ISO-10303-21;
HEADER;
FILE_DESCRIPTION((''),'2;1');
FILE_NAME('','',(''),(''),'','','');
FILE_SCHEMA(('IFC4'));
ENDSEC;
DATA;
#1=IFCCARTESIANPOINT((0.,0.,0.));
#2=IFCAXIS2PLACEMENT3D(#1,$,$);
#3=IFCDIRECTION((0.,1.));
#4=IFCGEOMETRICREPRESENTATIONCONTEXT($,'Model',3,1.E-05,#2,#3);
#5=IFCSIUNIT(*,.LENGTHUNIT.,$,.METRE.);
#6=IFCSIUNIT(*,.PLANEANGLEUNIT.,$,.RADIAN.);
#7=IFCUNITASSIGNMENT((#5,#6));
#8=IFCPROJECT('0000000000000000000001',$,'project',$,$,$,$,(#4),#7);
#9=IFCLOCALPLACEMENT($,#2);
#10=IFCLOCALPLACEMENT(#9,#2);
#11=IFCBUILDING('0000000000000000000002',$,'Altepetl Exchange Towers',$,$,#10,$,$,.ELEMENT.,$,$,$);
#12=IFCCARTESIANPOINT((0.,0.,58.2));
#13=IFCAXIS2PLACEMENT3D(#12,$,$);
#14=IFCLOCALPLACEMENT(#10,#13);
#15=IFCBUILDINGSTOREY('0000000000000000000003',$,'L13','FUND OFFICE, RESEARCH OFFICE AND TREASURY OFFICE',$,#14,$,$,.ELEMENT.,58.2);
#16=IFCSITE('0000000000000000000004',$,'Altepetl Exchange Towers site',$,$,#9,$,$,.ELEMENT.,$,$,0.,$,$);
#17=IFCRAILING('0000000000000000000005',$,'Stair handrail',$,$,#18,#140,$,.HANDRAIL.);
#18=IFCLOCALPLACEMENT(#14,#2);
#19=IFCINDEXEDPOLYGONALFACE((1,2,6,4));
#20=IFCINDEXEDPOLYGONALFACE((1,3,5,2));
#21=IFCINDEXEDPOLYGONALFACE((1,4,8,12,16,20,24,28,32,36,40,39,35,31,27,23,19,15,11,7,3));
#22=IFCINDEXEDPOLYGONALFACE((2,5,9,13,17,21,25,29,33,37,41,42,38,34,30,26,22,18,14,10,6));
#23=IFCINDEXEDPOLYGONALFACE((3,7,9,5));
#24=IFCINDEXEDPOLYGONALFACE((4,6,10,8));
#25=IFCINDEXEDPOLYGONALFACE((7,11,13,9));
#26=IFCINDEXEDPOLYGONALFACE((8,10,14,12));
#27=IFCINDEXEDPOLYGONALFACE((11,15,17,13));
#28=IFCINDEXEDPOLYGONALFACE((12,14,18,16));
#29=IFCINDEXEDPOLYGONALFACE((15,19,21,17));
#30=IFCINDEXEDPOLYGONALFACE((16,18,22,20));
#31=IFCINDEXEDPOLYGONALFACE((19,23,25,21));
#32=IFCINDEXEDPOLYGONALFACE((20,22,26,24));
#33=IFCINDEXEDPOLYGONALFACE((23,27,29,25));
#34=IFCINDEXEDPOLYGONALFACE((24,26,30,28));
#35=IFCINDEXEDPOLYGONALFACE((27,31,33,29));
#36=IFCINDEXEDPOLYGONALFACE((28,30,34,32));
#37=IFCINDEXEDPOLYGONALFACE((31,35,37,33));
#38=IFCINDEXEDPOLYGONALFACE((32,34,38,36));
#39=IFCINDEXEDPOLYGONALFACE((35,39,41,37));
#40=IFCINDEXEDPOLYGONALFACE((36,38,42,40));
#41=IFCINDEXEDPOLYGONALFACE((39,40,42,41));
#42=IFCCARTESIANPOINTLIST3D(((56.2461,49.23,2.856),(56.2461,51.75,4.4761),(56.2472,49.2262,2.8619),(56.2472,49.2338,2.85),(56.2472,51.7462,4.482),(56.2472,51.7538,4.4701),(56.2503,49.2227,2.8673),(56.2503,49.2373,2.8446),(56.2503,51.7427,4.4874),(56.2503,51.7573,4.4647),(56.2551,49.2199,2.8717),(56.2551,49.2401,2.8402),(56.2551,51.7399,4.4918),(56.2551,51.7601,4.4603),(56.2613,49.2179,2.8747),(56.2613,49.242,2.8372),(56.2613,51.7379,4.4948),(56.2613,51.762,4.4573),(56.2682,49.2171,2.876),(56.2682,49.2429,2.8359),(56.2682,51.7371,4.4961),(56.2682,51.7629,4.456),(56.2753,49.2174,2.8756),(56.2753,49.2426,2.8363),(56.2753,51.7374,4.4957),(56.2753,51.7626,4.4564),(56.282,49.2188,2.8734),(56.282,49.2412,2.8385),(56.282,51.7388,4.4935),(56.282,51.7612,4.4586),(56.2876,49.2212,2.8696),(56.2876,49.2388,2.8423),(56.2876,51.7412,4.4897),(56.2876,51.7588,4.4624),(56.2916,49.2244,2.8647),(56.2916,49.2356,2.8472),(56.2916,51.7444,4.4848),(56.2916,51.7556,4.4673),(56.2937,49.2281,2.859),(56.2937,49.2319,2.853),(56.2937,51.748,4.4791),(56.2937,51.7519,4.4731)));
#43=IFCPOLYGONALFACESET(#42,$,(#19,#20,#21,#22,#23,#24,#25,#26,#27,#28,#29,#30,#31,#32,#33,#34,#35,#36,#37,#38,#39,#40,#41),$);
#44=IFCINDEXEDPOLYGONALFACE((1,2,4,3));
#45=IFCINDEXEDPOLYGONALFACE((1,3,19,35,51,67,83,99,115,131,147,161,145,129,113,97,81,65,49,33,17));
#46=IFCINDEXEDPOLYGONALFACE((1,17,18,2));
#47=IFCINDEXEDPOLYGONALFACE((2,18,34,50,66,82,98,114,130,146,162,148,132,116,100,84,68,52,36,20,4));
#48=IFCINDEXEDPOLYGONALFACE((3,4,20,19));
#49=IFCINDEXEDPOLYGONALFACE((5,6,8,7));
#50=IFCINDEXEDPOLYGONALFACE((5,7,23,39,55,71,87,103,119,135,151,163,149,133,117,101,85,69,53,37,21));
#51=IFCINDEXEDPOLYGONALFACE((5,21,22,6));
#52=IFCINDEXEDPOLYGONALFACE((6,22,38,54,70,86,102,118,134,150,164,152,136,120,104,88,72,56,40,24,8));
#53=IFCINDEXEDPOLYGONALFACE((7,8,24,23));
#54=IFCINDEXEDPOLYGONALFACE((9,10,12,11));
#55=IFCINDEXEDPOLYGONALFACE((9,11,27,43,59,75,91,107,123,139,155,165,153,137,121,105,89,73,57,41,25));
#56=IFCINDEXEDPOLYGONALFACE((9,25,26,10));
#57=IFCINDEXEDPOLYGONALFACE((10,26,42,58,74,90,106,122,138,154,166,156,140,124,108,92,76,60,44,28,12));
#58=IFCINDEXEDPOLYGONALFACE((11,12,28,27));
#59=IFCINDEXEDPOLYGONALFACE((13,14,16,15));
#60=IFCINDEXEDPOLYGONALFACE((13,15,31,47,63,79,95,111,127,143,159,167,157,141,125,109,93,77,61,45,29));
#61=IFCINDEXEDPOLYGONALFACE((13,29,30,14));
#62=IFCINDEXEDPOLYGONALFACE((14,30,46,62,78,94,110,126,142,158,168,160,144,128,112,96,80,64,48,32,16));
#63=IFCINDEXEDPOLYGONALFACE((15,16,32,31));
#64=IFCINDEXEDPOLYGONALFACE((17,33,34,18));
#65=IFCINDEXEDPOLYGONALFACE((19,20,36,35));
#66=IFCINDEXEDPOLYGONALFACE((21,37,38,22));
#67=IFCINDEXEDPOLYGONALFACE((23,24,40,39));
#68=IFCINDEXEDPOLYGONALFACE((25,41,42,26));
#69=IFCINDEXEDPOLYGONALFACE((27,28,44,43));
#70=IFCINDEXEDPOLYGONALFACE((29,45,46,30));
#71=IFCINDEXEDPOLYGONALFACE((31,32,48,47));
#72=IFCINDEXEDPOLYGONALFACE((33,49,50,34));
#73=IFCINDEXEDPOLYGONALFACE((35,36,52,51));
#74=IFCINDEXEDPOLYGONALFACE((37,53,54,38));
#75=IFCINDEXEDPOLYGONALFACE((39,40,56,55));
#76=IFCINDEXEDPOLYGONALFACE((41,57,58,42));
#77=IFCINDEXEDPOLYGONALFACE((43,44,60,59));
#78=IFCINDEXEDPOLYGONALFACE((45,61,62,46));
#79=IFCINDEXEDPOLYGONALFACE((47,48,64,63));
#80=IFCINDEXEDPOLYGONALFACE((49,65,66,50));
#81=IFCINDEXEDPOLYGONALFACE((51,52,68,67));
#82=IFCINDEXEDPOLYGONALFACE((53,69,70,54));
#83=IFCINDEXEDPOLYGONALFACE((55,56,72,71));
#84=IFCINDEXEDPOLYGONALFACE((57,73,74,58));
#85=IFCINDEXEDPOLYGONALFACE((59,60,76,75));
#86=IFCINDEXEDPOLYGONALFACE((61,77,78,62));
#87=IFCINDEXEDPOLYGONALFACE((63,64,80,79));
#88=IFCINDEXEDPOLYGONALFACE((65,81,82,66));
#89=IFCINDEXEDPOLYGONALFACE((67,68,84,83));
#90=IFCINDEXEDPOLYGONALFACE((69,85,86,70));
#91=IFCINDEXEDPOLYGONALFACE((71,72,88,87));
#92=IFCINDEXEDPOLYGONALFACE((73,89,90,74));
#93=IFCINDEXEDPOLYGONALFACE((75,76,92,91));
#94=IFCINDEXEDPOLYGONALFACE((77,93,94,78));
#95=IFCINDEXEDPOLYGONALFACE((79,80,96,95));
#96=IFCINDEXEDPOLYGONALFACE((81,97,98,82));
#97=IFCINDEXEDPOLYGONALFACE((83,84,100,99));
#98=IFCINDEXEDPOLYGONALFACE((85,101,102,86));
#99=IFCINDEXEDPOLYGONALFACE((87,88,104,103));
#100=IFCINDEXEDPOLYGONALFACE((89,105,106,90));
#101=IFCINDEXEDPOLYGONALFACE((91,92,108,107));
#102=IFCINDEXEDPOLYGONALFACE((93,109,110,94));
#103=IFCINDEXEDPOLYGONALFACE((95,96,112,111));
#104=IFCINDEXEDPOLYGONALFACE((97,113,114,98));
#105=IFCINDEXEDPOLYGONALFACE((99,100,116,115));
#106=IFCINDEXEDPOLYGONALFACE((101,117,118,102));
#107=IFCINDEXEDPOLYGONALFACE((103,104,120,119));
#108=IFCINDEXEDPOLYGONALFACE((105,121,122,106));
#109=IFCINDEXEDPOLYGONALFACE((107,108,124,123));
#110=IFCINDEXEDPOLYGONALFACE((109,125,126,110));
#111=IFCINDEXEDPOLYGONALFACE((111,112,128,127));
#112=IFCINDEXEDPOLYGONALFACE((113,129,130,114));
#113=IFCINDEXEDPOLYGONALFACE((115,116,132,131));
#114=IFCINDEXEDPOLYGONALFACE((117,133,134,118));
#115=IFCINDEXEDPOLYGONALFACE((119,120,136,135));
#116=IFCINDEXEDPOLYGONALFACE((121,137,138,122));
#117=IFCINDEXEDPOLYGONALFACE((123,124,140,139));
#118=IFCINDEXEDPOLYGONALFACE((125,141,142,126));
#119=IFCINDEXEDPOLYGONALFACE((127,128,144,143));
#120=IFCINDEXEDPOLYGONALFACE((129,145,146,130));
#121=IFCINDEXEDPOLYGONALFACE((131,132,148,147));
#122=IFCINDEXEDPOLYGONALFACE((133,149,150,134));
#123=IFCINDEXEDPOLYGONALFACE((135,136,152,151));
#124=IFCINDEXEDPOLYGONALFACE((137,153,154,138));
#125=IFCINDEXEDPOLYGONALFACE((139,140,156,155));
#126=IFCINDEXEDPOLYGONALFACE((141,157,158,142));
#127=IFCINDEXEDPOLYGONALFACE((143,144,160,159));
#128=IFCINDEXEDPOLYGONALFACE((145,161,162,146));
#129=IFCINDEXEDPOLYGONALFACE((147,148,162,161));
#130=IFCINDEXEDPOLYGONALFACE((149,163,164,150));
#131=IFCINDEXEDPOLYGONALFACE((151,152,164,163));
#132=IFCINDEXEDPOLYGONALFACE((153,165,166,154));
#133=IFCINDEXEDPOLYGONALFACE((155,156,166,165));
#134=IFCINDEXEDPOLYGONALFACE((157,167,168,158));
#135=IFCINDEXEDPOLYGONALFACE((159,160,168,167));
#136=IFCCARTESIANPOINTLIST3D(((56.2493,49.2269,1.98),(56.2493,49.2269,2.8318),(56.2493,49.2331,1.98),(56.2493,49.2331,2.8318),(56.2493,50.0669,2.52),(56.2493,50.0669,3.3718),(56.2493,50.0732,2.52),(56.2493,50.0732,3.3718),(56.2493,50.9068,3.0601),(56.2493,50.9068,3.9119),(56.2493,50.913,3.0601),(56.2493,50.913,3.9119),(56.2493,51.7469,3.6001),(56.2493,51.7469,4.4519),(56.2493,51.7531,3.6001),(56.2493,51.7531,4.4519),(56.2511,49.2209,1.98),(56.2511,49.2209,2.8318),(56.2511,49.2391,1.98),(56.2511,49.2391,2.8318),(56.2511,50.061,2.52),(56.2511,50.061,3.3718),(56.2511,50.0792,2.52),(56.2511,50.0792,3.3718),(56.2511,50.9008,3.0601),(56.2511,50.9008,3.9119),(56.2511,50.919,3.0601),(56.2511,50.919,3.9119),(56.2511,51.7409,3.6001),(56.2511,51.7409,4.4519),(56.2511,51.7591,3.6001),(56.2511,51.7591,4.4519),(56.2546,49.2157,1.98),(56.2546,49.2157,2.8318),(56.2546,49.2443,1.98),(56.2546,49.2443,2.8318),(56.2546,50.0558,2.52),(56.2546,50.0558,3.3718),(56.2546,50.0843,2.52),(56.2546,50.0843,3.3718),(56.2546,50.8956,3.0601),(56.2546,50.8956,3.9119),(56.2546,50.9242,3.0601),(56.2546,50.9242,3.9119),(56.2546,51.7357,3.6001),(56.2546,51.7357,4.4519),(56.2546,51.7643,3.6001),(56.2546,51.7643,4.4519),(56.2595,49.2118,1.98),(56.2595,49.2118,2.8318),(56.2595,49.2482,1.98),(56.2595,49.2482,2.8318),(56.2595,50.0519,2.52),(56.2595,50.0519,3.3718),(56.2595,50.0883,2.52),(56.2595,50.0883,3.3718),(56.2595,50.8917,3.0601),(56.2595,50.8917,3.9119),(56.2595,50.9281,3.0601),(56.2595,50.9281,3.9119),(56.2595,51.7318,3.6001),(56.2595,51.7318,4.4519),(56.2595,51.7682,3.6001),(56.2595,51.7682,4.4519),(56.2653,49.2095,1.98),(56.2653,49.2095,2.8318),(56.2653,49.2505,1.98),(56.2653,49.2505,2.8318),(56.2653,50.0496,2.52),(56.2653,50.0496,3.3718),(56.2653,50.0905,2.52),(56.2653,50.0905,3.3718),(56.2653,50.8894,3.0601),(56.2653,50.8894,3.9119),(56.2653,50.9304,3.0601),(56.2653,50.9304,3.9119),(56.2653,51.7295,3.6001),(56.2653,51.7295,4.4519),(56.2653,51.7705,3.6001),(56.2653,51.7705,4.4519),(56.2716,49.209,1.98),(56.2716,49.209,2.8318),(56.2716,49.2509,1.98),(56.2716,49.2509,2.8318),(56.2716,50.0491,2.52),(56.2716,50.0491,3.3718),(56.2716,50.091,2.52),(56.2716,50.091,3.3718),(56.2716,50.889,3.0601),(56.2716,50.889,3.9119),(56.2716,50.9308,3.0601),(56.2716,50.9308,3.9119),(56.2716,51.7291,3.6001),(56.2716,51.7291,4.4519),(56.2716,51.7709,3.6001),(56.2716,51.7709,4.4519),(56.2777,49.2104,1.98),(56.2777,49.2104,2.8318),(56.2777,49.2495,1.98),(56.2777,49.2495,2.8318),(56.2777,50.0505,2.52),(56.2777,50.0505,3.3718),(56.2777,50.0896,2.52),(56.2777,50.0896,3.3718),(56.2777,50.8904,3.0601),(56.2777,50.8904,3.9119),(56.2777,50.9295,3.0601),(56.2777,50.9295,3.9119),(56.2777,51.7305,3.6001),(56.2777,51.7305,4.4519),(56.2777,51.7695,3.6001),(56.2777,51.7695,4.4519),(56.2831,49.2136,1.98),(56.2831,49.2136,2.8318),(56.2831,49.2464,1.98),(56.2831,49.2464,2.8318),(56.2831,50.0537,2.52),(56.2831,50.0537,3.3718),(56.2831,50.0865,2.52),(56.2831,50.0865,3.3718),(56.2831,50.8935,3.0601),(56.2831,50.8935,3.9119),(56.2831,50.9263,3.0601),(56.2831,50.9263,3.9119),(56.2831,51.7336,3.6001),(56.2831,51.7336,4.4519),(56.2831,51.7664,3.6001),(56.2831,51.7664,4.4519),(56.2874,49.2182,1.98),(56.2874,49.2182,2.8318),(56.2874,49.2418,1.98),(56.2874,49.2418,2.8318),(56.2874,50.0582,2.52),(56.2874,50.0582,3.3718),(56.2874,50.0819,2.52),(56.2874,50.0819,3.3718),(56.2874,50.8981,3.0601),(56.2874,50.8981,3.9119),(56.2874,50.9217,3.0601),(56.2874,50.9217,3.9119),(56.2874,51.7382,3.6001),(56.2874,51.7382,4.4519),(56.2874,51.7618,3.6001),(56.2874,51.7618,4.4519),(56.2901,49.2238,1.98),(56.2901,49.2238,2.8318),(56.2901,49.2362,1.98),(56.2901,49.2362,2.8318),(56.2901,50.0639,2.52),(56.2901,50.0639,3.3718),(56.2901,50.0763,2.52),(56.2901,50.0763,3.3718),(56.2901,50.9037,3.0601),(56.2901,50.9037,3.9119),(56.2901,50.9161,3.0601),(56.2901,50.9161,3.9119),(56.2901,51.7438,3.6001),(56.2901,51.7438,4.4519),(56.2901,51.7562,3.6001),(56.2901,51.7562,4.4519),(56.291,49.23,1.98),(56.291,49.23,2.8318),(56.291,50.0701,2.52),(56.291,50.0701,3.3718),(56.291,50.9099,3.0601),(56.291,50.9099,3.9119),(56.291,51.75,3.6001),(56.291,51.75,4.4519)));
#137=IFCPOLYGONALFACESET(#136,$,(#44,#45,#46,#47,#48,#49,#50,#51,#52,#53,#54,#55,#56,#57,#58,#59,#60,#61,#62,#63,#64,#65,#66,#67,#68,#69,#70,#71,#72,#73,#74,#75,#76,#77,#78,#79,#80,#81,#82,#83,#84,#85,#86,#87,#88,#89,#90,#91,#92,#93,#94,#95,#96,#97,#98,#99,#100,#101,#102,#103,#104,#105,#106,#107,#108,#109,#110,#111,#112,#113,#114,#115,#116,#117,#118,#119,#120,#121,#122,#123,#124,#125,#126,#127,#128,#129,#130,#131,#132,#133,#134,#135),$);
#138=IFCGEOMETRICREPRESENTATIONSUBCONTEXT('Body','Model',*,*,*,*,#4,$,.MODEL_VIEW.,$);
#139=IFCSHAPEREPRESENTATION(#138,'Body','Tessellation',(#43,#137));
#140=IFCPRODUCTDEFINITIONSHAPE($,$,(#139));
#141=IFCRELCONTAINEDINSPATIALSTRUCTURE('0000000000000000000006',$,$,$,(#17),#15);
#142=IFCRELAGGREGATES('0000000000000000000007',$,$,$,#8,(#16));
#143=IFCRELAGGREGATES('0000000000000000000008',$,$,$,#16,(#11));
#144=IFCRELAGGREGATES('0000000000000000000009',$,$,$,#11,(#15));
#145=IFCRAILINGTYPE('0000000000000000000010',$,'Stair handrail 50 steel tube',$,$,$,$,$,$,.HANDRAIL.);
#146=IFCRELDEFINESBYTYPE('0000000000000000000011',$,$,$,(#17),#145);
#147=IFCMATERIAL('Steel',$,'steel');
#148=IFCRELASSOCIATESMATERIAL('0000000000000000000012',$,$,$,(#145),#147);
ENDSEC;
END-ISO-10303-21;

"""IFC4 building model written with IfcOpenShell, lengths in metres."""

from ifc_helpers import new_model, si_unit, direction, frame, origin, origin_2d, place, context, subcontext, project, spatial, circle, extrude, source, transform, mapped, material, type_object, element, save


model = new_model("IFC4")

# Units and contexts
model_context = context("Model", 3, precision=1e-05, world=origin(), true_north=direction((0.0, 1.0)))
body_context = subcontext(model_context, "Body", "Model", "MODEL_VIEW")
ifc_project = project(units=[si_unit("LENGTHUNIT", "METRE"), si_unit("PLANEANGLEUNIT", "RADIAN")], contexts=[model_context])

# Site, building, storey
site_placement = place(None, origin())
site = spatial("IfcSite", under=ifc_project, at=site_placement, Name="Altepetl Exchange Towers site", CompositionType="ELEMENT", RefElevation=0.0)
building_placement = place(site_placement, origin())
building = spatial("IfcBuilding", under=site, at=building_placement, Name="Altepetl Exchange Towers", CompositionType="ELEMENT")
storey_placement = place(building_placement, frame((0.0, 0.0, 58.2)))
storey = spatial("IfcBuildingStorey", under=building, at=storey_placement, Name="L13", Description="FUND OFFICE, RESEARCH OFFICE AND TREASURY OFFICE", CompositionType="ELEMENT", Elevation=58.2)

# Railing
ifc_material_1 = material(Name="Steel", Category="steel")
railing_type = type_object("IfcRailingType", Name="Stair handrail 50 steel tube", PredefinedType="HANDRAIL", material=ifc_material_1)
shared_shape = source(origin(), body_context, "Body", "SweptSolid", [
    extrude(circle(Radius=0.021, at=origin_2d()), origin(), (0.0, 0.0, 1.0), 0.8518),
])
railing_1_placement = place(storey_placement, frame((56.27, 49.23, 1.98)))
element("IfcRailing", 1, at=railing_1_placement, inside=storey, type_object=railing_type, Name="Stair handrail", PredefinedType="HANDRAIL", context=body_context, shape_type="SweptSolid", body=[
    extrude(circle(Radius=0.0239, at=origin_2d()), frame((0.0, 0.0, 0.876), z_axis=(0.0, 0.841163, 0.540782), x_axis=(-1.0, 0.0, 0.0)), (0.0, 0.0, 1.0), 2.9958),
    mapped(shared_shape, transform((0.0, 0.0, 0.0))),
    mapped(shared_shape, transform((0.0, 0.8401, 0.54))),
    mapped(shared_shape, transform((0.0, 1.6799, 1.0801))),
    mapped(shared_shape, transform((0.0, 2.52, 1.6201))),
])

save(model, "model.ifc")
